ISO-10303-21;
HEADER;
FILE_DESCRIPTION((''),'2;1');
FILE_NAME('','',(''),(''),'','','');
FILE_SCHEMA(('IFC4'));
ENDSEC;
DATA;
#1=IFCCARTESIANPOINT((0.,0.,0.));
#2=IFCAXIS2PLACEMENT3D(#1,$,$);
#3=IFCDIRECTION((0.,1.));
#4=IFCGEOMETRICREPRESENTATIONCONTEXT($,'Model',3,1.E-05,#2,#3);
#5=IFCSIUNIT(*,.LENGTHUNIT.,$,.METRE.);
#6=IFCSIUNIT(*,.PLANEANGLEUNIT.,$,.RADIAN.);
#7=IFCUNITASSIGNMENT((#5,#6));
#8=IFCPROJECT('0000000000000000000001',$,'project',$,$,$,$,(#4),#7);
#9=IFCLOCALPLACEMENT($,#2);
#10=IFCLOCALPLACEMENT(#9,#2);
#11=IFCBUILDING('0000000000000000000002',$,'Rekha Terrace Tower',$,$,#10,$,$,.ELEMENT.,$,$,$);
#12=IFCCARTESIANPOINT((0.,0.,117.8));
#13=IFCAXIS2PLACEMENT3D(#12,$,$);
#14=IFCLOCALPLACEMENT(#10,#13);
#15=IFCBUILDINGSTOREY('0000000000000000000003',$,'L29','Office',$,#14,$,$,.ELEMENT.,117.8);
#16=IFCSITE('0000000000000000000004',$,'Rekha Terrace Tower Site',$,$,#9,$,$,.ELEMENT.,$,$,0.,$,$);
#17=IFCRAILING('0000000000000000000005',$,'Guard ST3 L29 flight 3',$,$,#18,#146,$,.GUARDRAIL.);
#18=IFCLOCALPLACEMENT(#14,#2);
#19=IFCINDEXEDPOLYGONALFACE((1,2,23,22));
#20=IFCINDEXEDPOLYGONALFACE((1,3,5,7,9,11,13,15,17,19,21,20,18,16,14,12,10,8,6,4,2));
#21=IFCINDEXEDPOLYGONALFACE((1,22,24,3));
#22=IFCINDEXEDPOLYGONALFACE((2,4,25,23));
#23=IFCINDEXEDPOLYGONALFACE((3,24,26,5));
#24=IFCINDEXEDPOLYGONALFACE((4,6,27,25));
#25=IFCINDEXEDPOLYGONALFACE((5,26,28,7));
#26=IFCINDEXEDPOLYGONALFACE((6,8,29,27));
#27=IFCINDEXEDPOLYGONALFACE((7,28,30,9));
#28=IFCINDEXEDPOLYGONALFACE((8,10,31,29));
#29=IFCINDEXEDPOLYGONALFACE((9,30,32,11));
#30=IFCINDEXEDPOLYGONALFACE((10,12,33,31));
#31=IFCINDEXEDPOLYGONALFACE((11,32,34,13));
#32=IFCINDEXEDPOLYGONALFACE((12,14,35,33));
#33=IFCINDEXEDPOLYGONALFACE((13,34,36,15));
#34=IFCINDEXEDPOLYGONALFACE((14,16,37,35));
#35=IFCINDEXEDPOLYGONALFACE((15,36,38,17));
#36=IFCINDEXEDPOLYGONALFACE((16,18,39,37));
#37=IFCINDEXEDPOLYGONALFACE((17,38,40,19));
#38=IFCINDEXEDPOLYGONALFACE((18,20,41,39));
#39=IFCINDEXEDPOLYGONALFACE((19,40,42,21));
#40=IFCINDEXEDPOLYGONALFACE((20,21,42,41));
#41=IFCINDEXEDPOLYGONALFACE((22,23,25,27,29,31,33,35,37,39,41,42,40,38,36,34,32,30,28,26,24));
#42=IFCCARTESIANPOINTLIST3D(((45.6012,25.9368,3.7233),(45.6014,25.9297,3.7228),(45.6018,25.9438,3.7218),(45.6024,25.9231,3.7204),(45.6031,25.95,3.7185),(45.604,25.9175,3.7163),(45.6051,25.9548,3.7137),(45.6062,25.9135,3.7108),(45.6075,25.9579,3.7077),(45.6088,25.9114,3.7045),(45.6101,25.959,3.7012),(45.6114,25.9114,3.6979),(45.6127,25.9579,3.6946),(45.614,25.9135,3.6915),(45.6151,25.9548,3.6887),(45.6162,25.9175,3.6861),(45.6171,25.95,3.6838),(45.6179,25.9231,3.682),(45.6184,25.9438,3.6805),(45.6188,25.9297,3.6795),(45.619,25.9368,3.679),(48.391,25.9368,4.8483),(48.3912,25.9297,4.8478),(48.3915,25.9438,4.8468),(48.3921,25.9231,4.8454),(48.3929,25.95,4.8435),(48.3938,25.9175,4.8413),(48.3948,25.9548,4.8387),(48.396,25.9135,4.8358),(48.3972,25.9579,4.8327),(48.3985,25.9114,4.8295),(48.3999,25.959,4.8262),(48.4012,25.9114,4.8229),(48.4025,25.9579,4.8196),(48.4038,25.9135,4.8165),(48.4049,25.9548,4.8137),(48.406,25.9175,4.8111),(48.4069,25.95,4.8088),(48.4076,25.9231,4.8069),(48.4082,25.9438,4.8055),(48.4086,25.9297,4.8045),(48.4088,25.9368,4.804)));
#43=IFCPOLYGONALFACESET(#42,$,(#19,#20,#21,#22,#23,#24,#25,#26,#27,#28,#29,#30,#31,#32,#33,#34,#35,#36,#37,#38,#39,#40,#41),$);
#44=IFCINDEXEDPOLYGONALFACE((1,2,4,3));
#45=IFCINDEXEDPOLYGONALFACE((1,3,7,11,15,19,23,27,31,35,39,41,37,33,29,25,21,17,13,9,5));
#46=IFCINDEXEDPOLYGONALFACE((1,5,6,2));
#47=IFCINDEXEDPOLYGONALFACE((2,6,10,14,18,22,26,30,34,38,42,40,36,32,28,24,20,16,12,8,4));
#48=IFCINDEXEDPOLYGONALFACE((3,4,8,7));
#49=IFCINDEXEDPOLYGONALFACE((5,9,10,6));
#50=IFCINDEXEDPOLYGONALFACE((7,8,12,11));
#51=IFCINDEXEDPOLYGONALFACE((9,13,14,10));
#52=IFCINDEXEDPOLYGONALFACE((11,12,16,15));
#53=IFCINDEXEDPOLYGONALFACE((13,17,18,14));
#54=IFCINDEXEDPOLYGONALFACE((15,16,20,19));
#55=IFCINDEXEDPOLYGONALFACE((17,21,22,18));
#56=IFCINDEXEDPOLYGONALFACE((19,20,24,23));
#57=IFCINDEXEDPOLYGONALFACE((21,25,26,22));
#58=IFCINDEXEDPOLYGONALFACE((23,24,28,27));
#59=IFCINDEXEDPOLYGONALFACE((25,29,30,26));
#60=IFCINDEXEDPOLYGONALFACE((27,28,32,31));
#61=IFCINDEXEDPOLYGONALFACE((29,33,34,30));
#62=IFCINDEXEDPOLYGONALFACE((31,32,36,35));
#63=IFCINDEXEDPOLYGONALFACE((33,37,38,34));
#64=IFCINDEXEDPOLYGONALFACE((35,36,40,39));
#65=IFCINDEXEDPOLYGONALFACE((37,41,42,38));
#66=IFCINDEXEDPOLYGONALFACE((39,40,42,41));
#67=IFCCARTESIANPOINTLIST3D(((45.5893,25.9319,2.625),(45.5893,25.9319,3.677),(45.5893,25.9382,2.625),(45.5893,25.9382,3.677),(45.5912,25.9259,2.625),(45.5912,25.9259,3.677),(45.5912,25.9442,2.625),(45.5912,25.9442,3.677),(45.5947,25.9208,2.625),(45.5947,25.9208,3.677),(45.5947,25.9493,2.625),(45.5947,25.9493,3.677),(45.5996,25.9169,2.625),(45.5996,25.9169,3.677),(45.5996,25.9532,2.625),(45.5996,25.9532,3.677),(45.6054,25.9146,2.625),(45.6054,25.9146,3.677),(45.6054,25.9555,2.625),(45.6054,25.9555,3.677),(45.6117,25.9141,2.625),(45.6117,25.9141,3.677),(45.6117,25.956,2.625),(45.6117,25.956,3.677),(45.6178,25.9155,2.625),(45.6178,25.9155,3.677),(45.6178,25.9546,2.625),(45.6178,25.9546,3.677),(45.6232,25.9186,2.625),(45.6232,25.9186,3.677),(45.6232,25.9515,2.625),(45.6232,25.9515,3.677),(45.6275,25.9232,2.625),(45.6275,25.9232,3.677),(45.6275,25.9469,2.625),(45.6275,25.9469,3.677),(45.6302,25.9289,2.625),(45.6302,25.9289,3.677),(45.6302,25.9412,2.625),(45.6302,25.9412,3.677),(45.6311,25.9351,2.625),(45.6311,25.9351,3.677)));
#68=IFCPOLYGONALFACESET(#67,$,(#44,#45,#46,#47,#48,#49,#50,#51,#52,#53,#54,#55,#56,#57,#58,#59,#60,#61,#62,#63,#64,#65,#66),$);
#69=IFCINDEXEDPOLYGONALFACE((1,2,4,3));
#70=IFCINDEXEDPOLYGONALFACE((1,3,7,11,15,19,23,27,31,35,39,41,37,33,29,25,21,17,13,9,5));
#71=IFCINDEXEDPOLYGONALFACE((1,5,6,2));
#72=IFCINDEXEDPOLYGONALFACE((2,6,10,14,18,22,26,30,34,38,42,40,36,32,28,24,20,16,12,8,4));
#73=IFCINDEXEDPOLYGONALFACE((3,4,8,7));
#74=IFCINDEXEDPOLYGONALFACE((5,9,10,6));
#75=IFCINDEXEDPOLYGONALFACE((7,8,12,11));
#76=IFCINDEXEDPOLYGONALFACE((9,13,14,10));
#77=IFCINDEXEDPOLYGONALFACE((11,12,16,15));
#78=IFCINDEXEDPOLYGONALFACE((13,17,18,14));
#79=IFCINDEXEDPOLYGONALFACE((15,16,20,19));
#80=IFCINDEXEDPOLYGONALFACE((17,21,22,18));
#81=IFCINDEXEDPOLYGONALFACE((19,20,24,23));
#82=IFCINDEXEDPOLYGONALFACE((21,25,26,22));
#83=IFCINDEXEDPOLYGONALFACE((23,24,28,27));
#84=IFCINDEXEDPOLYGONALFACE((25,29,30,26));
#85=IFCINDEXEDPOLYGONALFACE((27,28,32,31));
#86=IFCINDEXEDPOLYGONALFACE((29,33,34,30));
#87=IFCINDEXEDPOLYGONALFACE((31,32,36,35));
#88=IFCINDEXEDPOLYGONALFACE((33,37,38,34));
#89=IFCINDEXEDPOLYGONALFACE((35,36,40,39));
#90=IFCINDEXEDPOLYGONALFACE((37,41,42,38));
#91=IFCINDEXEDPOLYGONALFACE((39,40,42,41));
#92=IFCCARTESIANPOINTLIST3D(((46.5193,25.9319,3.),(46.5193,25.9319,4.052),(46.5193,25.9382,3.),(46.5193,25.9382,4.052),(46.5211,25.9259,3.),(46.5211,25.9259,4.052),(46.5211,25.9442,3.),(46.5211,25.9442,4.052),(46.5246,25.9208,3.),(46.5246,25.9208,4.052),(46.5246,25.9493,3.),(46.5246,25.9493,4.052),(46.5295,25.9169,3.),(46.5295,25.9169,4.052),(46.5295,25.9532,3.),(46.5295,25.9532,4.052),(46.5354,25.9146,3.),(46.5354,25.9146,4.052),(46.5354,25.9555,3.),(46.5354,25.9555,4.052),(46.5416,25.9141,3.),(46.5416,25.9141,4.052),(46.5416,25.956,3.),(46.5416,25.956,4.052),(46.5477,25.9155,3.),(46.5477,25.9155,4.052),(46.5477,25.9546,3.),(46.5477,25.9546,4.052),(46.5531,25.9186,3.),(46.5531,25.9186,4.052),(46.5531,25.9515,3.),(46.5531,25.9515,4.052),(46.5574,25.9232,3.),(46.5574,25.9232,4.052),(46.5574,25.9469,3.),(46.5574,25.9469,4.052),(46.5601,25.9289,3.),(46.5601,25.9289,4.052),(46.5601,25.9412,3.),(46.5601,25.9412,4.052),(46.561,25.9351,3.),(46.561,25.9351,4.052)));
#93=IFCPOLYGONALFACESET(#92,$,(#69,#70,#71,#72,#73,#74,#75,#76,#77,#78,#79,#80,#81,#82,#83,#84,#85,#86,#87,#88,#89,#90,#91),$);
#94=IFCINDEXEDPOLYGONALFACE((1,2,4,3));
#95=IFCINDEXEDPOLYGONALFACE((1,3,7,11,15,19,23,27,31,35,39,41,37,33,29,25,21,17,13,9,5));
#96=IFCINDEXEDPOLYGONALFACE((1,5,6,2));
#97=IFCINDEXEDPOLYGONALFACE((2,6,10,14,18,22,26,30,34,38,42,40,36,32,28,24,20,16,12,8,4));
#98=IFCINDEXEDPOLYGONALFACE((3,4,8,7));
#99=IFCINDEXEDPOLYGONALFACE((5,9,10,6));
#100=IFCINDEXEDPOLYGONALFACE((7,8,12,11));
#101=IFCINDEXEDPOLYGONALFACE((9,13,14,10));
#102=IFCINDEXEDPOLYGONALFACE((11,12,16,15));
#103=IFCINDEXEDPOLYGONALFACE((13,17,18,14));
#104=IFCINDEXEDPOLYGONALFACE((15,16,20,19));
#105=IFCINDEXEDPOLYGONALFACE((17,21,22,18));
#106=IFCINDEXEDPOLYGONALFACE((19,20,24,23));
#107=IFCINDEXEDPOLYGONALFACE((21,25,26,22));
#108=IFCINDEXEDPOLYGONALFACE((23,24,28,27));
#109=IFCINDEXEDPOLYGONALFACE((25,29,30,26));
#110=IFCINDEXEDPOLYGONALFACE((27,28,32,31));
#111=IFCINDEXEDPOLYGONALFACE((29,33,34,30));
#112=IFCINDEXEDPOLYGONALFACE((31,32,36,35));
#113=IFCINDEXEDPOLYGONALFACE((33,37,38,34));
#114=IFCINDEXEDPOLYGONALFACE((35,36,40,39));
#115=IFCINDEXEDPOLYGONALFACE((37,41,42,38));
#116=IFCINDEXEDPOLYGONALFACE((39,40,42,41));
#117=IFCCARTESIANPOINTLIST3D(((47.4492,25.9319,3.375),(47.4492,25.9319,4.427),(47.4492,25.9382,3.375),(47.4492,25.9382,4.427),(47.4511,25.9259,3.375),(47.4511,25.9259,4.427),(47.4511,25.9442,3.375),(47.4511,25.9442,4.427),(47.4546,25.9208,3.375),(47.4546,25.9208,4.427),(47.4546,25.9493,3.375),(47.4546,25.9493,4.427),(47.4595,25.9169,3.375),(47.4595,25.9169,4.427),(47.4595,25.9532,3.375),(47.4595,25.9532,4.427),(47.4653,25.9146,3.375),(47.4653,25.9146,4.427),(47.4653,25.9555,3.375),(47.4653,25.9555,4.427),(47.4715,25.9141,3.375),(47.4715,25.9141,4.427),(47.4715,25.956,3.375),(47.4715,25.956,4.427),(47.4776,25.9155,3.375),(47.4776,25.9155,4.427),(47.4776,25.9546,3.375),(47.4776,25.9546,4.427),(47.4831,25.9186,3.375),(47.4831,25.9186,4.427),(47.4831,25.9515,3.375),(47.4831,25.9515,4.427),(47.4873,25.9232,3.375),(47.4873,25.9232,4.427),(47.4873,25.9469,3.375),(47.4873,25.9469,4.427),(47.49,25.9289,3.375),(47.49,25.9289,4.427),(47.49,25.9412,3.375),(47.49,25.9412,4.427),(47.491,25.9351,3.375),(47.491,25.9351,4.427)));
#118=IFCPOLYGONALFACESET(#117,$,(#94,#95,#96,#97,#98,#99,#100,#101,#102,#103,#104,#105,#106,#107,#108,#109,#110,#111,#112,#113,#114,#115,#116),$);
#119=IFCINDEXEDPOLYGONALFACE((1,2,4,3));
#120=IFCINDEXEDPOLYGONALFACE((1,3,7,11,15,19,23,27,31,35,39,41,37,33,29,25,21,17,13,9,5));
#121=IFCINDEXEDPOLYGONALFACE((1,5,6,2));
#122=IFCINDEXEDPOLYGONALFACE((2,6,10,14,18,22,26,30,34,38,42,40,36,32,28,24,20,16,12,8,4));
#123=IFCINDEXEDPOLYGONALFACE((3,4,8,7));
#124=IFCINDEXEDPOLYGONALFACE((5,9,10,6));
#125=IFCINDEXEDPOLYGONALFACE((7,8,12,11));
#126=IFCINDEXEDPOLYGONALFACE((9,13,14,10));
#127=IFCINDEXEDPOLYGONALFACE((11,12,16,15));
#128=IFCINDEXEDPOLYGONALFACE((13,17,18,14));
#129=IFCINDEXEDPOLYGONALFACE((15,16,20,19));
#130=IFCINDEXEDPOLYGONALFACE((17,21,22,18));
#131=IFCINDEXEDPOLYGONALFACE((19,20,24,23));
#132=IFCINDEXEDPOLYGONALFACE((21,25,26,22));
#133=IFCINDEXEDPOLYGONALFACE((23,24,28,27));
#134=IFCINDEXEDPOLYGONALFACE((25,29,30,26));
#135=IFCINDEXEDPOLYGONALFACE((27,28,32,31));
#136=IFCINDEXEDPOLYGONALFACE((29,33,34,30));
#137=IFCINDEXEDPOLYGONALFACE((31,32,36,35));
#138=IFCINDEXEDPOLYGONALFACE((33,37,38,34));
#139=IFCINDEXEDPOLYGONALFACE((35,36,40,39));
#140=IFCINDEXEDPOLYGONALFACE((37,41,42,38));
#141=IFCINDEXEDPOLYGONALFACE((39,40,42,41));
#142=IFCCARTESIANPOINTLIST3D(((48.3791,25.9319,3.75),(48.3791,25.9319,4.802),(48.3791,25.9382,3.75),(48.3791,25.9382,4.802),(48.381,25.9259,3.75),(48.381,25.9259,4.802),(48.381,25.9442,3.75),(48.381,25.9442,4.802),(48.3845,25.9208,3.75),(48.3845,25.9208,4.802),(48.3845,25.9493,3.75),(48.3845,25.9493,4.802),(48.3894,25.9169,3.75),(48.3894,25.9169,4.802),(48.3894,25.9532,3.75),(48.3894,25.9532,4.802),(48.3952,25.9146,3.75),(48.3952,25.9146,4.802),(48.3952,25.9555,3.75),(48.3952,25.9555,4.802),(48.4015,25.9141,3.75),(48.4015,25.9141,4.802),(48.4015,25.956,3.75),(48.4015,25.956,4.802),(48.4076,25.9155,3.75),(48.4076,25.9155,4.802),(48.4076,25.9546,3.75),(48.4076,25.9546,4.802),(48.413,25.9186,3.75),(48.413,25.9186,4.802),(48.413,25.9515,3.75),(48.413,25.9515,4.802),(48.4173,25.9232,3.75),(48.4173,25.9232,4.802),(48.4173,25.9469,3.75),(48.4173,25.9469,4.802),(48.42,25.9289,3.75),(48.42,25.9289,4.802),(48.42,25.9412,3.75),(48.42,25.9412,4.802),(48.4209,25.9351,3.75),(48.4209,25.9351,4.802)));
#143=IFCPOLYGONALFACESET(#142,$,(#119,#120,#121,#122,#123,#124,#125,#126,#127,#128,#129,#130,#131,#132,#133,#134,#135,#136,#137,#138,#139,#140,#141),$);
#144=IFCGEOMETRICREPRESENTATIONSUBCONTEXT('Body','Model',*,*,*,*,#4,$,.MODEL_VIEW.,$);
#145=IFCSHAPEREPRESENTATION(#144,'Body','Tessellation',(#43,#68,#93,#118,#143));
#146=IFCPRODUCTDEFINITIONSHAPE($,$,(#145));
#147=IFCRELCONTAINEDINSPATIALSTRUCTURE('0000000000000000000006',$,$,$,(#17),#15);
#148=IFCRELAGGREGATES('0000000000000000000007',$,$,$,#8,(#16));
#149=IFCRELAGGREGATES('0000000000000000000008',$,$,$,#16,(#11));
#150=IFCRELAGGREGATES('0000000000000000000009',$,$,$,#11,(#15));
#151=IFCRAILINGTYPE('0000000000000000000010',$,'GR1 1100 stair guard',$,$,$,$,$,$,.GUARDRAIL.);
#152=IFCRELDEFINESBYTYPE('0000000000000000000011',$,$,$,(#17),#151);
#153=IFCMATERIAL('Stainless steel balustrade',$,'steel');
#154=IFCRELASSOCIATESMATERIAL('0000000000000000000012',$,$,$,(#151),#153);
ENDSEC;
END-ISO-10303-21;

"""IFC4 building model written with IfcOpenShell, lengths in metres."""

from ifc_helpers import new_model, si_unit, direction, frame, origin, origin_2d, place, context, subcontext, project, spatial, circle, extrude, material, type_object, element, save


model = new_model("IFC4")

# Units and contexts
model_context = context("Model", 3, precision=1e-05, world=origin(), true_north=direction((0.0, 1.0)))
body_context = subcontext(model_context, "Body", "Model", "MODEL_VIEW")
ifc_project = project(units=[si_unit("LENGTHUNIT", "METRE"), si_unit("PLANEANGLEUNIT", "RADIAN")], contexts=[model_context])

# Site, building, storey
site_placement = place(None, origin())
site = spatial("IfcSite", under=ifc_project, at=site_placement, Name="Rekha Terrace Tower Site", CompositionType="ELEMENT", RefElevation=0.0)
building_placement = place(site_placement, origin())
building = spatial("IfcBuilding", under=site, at=building_placement, Name="Rekha Terrace Tower", CompositionType="ELEMENT")
storey_placement = place(building_placement, frame((0.0, 0.0, 117.8)))
storey = spatial("IfcBuildingStorey", under=building, at=storey_placement, Name="L29", Description="Office", CompositionType="ELEMENT", Elevation=117.8)

# Railing
ifc_material_1 = material(Name="Stainless steel balustrade", Category="steel")
railing_type_1 = type_object("IfcRailingType", Name="GR1 1100 stair guard", PredefinedType="GUARDRAIL", material=ifc_material_1)
railing_1_placement = place(storey_placement, frame((45.6101, 25.9351, 2.625)))
element("IfcRailing", 1, at=railing_1_placement, inside=storey, type_object=railing_type_1, Name="Guard ST3 L29 flight 3", PredefinedType="GUARDRAIL", context=body_context, shape_type="SweptSolid", body=[
    extrude(circle(Radius=0.0239, at=origin_2d()), frame((0.0, 0.0, 1.0762), z_axis=(0.927432, 0.0, 0.373992), x_axis=(0.0, 1.0, 0.0)), (0.0, 0.0, 1.0), 3.0081),
    extrude(circle(Radius=0.021, at=origin_2d()), origin(), (0.0, 0.0, 1.0), 1.052),
    extrude(circle(Radius=0.021, at=origin_2d()), frame((0.9299, 0.0, 0.375)), (0.0, 0.0, 1.0), 1.052),
    extrude(circle(Radius=0.021, at=origin_2d()), frame((1.8599, 0.0, 0.75)), (0.0, 0.0, 1.0), 1.052),
    extrude(circle(Radius=0.021, at=origin_2d()), frame((2.7898, 0.0, 1.125)), (0.0, 0.0, 1.0), 1.052),
])

save(model, "model.ifc")
